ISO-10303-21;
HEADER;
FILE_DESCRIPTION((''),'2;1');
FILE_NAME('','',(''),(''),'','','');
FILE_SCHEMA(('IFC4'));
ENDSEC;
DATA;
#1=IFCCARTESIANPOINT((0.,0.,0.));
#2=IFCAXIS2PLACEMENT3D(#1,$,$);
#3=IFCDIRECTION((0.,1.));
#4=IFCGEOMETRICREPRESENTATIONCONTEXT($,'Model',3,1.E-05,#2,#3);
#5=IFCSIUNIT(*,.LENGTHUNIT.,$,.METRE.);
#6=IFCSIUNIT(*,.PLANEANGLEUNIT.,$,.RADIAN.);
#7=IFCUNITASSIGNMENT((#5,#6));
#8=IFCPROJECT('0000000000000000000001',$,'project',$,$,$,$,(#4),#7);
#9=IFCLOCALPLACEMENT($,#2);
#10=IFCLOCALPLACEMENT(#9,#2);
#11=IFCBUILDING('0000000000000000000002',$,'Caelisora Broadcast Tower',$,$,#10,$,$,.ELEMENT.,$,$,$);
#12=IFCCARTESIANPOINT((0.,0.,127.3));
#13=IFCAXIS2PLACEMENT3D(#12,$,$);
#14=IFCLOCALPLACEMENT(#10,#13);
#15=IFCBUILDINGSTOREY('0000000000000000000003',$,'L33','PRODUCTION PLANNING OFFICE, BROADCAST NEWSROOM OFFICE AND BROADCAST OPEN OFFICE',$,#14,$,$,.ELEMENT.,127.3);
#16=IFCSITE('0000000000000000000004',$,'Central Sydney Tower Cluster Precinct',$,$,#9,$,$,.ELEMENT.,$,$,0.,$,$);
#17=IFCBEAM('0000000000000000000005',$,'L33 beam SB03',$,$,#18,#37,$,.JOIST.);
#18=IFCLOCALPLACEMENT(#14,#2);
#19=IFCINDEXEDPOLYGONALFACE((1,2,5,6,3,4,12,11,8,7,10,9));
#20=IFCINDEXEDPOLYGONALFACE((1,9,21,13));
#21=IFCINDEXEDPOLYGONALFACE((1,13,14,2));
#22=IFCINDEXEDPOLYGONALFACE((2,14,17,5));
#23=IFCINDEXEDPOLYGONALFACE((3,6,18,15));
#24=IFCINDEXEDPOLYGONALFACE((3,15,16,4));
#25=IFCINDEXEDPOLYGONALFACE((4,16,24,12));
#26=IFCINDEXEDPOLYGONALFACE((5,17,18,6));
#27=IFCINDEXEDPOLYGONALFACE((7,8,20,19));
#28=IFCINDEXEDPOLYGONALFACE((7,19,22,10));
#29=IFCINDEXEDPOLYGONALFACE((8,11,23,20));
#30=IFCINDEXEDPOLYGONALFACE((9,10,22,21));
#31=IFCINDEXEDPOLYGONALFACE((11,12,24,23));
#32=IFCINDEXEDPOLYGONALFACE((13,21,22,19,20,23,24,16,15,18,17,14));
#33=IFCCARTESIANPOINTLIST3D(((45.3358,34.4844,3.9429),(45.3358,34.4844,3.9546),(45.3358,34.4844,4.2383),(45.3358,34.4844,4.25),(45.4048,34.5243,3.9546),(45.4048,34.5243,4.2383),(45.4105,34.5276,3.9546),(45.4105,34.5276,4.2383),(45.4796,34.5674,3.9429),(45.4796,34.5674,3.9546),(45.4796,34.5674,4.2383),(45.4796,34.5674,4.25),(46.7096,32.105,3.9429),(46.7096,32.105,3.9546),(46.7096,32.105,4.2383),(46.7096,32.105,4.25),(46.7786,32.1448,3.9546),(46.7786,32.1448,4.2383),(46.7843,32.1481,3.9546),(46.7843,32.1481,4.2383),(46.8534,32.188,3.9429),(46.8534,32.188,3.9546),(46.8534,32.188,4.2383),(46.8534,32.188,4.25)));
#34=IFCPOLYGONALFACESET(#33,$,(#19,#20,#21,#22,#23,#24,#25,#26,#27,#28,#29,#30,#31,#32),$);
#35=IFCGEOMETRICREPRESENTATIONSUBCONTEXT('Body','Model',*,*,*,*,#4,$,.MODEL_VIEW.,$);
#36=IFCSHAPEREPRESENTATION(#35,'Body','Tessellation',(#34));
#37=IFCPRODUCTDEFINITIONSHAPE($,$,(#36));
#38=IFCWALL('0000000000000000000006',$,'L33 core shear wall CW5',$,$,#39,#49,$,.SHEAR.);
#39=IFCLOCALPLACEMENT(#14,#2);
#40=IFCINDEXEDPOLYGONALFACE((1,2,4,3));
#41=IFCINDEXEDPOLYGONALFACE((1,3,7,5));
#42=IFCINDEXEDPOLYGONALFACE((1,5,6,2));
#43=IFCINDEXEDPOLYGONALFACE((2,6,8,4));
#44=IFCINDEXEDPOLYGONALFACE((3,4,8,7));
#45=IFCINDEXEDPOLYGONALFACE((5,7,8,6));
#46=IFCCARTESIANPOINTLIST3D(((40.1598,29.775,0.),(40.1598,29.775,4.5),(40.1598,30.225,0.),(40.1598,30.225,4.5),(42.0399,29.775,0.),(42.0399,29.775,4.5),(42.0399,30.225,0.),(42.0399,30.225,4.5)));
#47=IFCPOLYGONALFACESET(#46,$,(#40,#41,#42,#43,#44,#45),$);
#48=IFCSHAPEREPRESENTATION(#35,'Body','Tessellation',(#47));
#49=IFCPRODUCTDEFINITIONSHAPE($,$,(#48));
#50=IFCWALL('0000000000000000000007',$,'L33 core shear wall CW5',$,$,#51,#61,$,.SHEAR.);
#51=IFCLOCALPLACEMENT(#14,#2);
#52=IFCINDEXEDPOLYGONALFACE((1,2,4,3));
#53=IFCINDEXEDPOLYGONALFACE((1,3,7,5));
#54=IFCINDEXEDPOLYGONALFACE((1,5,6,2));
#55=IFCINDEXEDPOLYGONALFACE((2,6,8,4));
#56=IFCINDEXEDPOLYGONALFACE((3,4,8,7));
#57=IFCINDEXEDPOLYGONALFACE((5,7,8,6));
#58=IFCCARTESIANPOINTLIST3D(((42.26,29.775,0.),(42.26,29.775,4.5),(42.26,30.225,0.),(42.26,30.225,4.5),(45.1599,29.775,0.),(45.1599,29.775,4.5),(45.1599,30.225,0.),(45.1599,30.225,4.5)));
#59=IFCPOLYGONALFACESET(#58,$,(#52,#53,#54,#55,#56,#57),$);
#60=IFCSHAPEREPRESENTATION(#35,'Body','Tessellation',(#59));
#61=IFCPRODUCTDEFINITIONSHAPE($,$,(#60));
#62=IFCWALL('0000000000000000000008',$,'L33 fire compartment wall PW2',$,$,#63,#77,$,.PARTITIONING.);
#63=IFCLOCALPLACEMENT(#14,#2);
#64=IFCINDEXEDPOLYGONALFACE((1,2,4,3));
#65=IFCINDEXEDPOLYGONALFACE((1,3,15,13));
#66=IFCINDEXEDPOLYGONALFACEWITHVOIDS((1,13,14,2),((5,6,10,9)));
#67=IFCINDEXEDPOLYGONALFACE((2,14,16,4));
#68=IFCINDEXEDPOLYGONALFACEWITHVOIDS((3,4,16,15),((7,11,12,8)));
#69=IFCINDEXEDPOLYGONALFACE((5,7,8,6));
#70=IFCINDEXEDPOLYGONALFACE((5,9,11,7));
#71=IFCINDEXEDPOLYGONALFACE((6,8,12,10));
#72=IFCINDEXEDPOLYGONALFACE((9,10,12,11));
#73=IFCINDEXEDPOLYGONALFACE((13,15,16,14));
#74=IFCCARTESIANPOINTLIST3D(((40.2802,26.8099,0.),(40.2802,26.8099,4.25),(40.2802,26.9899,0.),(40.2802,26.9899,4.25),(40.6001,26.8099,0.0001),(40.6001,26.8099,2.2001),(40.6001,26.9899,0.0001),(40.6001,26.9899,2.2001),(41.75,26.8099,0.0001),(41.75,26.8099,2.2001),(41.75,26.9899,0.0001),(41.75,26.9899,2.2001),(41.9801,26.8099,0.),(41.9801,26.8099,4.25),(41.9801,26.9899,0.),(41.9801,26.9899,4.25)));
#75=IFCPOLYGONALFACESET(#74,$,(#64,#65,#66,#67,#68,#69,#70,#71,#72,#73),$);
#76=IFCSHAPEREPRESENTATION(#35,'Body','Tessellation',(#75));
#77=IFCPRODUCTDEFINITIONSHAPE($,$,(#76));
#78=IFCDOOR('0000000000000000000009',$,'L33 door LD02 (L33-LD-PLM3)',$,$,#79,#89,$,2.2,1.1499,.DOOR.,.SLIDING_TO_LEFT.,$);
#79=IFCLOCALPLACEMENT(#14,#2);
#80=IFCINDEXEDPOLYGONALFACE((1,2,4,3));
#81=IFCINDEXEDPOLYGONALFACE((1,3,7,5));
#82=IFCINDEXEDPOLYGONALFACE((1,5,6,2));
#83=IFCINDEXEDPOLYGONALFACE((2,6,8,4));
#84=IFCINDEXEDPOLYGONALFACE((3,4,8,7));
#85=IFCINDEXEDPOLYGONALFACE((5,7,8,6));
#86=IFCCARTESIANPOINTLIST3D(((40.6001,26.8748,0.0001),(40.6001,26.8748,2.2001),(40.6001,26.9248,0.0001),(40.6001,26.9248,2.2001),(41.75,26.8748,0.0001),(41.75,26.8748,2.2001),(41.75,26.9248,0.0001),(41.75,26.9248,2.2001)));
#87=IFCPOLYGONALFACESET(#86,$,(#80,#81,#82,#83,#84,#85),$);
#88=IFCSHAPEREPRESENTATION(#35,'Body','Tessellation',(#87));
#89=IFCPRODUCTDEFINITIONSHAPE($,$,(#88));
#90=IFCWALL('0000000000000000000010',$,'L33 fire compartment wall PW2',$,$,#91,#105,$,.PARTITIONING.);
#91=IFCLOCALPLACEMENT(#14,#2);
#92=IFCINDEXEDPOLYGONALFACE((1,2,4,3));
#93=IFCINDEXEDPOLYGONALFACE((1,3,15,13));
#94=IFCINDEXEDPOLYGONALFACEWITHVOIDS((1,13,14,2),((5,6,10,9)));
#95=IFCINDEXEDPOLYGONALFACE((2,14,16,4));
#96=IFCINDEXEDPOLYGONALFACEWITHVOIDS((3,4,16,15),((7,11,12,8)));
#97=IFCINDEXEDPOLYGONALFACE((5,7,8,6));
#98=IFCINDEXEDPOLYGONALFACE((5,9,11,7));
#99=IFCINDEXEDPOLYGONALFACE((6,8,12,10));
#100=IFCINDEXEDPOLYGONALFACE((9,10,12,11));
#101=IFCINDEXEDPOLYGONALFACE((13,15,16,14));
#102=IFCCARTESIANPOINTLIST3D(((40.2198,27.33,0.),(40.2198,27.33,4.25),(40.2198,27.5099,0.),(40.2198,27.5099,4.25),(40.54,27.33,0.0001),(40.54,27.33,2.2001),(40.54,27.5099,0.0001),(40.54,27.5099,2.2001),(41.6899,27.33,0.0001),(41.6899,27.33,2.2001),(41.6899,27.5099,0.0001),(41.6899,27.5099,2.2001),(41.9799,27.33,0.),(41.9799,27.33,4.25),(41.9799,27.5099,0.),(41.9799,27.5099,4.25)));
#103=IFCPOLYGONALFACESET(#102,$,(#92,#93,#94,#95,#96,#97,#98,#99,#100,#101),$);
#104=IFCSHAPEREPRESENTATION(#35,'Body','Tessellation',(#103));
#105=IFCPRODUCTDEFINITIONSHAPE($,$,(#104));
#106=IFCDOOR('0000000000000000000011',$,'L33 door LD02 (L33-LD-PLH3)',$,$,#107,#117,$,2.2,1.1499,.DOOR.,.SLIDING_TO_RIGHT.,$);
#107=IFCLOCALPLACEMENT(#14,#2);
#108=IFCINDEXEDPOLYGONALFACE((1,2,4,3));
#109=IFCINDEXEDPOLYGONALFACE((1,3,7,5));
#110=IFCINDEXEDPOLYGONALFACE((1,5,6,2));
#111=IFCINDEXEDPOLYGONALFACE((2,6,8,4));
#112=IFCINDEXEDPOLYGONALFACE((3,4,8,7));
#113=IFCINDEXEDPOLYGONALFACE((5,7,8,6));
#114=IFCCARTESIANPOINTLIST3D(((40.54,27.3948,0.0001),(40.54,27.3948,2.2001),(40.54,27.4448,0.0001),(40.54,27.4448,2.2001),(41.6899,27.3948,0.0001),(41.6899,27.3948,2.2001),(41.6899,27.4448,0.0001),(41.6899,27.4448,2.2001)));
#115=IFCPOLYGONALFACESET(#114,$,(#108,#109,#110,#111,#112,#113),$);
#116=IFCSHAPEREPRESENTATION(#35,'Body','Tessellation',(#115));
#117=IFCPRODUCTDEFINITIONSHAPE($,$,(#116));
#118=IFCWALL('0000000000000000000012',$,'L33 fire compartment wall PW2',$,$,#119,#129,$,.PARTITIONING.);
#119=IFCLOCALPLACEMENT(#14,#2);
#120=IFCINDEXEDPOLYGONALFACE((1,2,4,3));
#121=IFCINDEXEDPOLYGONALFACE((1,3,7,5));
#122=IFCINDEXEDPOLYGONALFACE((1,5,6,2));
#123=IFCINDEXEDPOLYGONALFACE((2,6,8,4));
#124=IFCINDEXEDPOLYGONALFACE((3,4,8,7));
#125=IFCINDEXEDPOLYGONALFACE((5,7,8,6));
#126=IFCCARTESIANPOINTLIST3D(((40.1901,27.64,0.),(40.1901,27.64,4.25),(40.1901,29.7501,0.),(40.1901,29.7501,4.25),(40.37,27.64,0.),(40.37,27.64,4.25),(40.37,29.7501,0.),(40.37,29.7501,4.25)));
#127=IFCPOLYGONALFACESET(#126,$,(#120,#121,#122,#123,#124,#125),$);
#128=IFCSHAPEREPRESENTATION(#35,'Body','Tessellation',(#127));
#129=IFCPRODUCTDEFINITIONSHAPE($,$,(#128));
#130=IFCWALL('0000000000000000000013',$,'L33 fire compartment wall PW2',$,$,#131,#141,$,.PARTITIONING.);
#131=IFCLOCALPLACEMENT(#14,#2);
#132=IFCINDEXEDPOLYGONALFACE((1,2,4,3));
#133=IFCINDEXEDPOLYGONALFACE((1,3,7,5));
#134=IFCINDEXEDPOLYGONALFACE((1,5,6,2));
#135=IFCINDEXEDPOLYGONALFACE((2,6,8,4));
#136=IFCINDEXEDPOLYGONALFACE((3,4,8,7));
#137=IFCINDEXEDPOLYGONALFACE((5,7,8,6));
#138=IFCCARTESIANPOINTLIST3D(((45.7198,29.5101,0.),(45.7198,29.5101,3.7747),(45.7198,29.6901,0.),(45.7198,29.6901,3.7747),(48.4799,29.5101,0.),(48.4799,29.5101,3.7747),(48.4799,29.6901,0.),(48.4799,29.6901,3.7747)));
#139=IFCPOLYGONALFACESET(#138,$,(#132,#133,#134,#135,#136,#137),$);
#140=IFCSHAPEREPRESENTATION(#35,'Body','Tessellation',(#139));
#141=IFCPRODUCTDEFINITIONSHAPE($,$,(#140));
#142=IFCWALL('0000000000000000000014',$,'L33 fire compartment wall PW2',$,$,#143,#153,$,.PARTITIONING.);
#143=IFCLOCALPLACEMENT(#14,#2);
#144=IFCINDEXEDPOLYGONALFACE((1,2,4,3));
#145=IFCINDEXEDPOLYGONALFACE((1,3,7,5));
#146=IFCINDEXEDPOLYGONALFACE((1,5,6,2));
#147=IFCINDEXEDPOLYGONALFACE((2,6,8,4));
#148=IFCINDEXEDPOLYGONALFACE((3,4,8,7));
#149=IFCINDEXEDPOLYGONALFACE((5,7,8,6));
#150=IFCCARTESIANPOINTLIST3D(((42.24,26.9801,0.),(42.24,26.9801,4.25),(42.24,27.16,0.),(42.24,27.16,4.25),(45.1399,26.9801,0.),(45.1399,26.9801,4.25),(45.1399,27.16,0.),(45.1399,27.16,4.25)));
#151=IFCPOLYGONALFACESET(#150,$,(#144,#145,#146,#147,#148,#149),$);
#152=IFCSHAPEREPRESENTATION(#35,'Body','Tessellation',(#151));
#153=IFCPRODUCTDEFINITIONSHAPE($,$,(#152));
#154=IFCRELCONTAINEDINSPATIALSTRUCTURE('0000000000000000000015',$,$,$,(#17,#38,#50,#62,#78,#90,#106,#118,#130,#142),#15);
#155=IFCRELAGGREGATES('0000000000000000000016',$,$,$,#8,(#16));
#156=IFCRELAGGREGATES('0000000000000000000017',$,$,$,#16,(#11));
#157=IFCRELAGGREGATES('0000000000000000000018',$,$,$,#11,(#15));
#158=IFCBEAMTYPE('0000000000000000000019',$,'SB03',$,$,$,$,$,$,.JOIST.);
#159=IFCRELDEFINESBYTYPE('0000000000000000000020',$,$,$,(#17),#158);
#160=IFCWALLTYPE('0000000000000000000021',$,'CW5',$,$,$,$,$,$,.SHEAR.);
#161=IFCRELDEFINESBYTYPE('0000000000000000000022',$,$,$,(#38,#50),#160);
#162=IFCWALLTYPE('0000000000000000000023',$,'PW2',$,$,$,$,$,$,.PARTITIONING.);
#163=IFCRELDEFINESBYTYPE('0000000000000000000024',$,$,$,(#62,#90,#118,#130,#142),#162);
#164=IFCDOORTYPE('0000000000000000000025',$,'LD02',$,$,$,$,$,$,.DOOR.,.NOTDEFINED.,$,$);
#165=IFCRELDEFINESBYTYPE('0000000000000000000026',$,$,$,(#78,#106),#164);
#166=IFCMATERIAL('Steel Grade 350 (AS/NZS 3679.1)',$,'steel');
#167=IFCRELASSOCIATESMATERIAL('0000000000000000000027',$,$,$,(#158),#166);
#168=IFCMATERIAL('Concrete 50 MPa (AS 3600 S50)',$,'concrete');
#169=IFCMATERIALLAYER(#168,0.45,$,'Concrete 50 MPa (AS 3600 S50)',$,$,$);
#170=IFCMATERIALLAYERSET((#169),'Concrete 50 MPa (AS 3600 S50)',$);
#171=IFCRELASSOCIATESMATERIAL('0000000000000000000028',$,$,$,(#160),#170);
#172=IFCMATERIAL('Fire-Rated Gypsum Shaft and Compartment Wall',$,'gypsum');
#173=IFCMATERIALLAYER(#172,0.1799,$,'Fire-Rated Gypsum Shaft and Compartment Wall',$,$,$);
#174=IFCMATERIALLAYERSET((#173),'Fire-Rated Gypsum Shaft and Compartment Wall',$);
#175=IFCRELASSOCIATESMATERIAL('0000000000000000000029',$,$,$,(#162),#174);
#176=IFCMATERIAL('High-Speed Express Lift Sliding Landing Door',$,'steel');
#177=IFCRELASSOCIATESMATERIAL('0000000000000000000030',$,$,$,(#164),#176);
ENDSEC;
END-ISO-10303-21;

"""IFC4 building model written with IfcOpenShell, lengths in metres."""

from ifc_helpers import new_model, si_unit, direction, frame, frame_2d, origin, origin_2d, place, context, subcontext, project, spatial, rectangle, i_section, extrude, source, transform, mapped, material, layer, layer_set, material_profile, profile_set, type_object, element, fill, save


model = new_model("IFC4")

# Units and contexts
model_context = context("Model", 3, precision=1e-05, world=origin(), true_north=direction((0.0, 1.0)))
body_context = subcontext(model_context, "Body", "Model", "MODEL_VIEW")
ifc_project = project(units=[si_unit("LENGTHUNIT", "METRE"), si_unit("PLANEANGLEUNIT", "RADIAN")], contexts=[model_context])

# Site, building, storey
site_placement = place(None, origin())
site = spatial("IfcSite", under=ifc_project, at=site_placement, Name="Central Sydney Tower Cluster Precinct", CompositionType="ELEMENT", RefElevation=0.0)
building_placement = place(site_placement, origin())
building = spatial("IfcBuilding", under=site, at=building_placement, Name="Caelisora Broadcast Tower", CompositionType="ELEMENT")
storey_placement = place(building_placement, frame((0.0, 0.0, 127.3)))
storey = spatial("IfcBuildingStorey", under=building, at=storey_placement, Name="L33", Description="PRODUCTION PLANNING OFFICE, BROADCAST NEWSROOM OFFICE AND BROADCAST OPEN OFFICE", CompositionType="ELEMENT", Elevation=127.3)

# Beam
ifc_material_1 = material(Name="Steel Grade 350 (AS/NZS 3679.1)", Category="steel")
ifc_material_profile_1 = material_profile(ifc_material_1, i_section(OverallWidth=0.166, OverallDepth=0.3071, WebThickness=0.0066, FlangeThickness=0.0117, at=origin_2d()), Name="Steel Grade 350 (AS/NZS 3679.1)")
ifc_profile_set_1 = profile_set([ifc_material_profile_1], Name="Steel Grade 350 (AS/NZS 3679.1)")
beam_type_1 = type_object("IfcBeamType", Name="SB03", PredefinedType="JOIST", material=ifc_profile_set_1)
shared_shape_1 = source(origin(), body_context, "Body", "SweptSolid", [
    extrude(i_section(OverallWidth=0.166, OverallDepth=0.3071, WebThickness=0.0066, FlangeThickness=0.0117, at=origin_2d()), origin(), (0.0, 0.0, 1.0), 2.7476),
])
beam_1_placement = place(storey_placement, frame((46.7815, 32.1465, 4.0964), z_axis=(-0.50001, 0.86602, 0.0), x_axis=(-0.86602, -0.50001, 0.0)))
element("IfcBeam", 1, at=beam_1_placement, inside=storey, type_object=beam_type_1, Name="L33 beam SB03", PredefinedType="JOIST", context=body_context, shape_type="MappedRepresentation", body=[
    mapped(shared_shape_1, transform((0.0, 0.0, 0.0), scale=1.0)),
])

# Walls
ifc_material_2 = material(Name="Concrete 50 MPa (AS 3600 S50)", Category="concrete")
ifc_layer_1 = layer(ifc_material_2, 0.45, Name="Concrete 50 MPa (AS 3600 S50)")
ifc_layer_set_1 = layer_set([ifc_layer_1], Name="Concrete 50 MPa (AS 3600 S50)")
wall_type_1 = type_object("IfcWallType", Name="CW5", PredefinedType="SHEAR", material=ifc_layer_set_1)
wall_1_placement = place(storey_placement, frame((40.1599, 30.0, 0.0), z_axis=(0.0, 0.0, 1.0), x_axis=(1.0, 0.0, 0.0)))
element("IfcWall", 2, at=wall_1_placement, inside=storey, type_object=wall_type_1, Name="L33 core shear wall CW5", PredefinedType="SHEAR", context=body_context, shape_type="SweptSolid", body=[
    extrude(rectangle(XDim=1.8801, YDim=0.45, at=frame_2d((0.9399, 0.0))), origin(), (0.0, 0.0, 1.0), 4.5),
])
wall_2_placement = place(storey_placement, frame((42.26, 30.0, 0.0), z_axis=(0.0, 0.0, 1.0), x_axis=(1.0, 0.0, 0.0)))
element("IfcWall", 3, at=wall_2_placement, inside=storey, type_object=wall_type_1, Name="L33 core shear wall CW5", PredefinedType="SHEAR", context=body_context, shape_type="SweptSolid", body=[
    extrude(rectangle(XDim=2.8999, YDim=0.45, at=frame_2d((1.45, 0.0))), origin(), (0.0, 0.0, 1.0), 4.5),
])

# Walls, openings, doors
ifc_material_3 = material(Name="Fire-Rated Gypsum Shaft and Compartment Wall", Category="gypsum")
ifc_layer_2 = layer(ifc_material_3, 0.1799, Name="Fire-Rated Gypsum Shaft and Compartment Wall")
ifc_layer_set_2 = layer_set([ifc_layer_2], Name="Fire-Rated Gypsum Shaft and Compartment Wall")
wall_type_2 = type_object("IfcWallType", Name="PW2", PredefinedType="PARTITIONING", material=ifc_layer_set_2)
wall_3_placement = place(storey_placement, frame((40.28, 26.8999, 0.0), z_axis=(0.0, 0.0, 1.0), x_axis=(1.0, 0.0, 0.0)))
wall_3 = element("IfcWall", 4, at=wall_3_placement, inside=storey, type_object=wall_type_2, Name="L33 fire compartment wall PW2", PredefinedType="PARTITIONING", context=body_context, shape_type="SweptSolid", body=[
    extrude(rectangle(XDim=1.7, YDim=0.1799, at=frame_2d((0.8501, 0.0))), origin(), (0.0, 0.0, 1.0), 4.25),
])
opening_1_placement = place(wall_3_placement, frame((0.3201, 0.0, 0.0)))
opening_1 = element("IfcOpeningElement", 5, at=opening_1_placement, cuts=wall_3, PredefinedType="OPENING", context=body_context, shape_type="SweptSolid", body=[
    extrude(rectangle(XDim=1.1499, YDim=2.2, at=frame_2d((0.575, 1.1001))), frame((0.0, 0.1021, 0.0), z_axis=(0.0, -1.0, 0.0), x_axis=(1.0, 0.0, 0.0)), (0.0, 0.0, 1.0), 0.2039),
])
ifc_material_4 = material(Name="High-Speed Express Lift Sliding Landing Door", Category="steel")
door_type_1 = type_object("IfcDoorType", Name="LD02", OperationType="NOTDEFINED", PredefinedType="DOOR", material=ifc_material_4)
door_1_placement = place(opening_1_placement, origin())
door_1 = element("IfcDoor", 6, at=door_1_placement, inside=storey, type_object=door_type_1, Name="L33 door LD02 (L33-LD-PLM3)", OperationType="SLIDING_TO_LEFT", OverallHeight=2.2, OverallWidth=1.1499, PredefinedType="DOOR", context=body_context, shape_type="SweptSolid", body=[
    extrude(rectangle(XDim=1.1499, YDim=2.2, at=frame_2d((0.575, 1.1001))), frame((0.0, 0.0249, 0.0), z_axis=(0.0, -1.0, 0.0), x_axis=(1.0, 0.0, 0.0)), (0.0, 0.0, 1.0), 0.05),
])
fill(opening_1, door_1)
wall_4_placement = place(storey_placement, frame((40.22, 27.4199, 0.0), z_axis=(0.0, 0.0, 1.0), x_axis=(1.0, 0.0, 0.0)))
wall_4 = element("IfcWall", 7, at=wall_4_placement, inside=storey, type_object=wall_type_2, Name="L33 fire compartment wall PW2", PredefinedType="PARTITIONING", context=body_context, shape_type="SweptSolid", body=[
    extrude(rectangle(XDim=1.76, YDim=0.1799, at=frame_2d((0.8799, 0.0))), origin(), (0.0, 0.0, 1.0), 4.25),
])
opening_2_placement = place(wall_4_placement, frame((0.3201, 0.0, 0.0)))
opening_2 = element("IfcOpeningElement", 8, at=opening_2_placement, cuts=wall_4, PredefinedType="OPENING", context=body_context, shape_type="SweptSolid", body=[
    extrude(rectangle(XDim=1.1499, YDim=2.2, at=frame_2d((0.575, 1.1001))), frame((0.0, 0.1021, 0.0), z_axis=(0.0, -1.0, 0.0), x_axis=(1.0, 0.0, 0.0)), (0.0, 0.0, 1.0), 0.2039),
])
door_2_placement = place(opening_2_placement, origin())
door_2 = element("IfcDoor", 9, at=door_2_placement, inside=storey, type_object=door_type_1, Name="L33 door LD02 (L33-LD-PLH3)", OperationType="SLIDING_TO_RIGHT", OverallHeight=2.2, OverallWidth=1.1499, PredefinedType="DOOR", context=body_context, shape_type="SweptSolid", body=[
    extrude(rectangle(XDim=1.1499, YDim=2.2, at=frame_2d((0.575, 1.1001))), frame((0.0, 0.0249, 0.0), z_axis=(0.0, -1.0, 0.0), x_axis=(1.0, 0.0, 0.0)), (0.0, 0.0, 1.0), 0.05),
])
fill(opening_2, door_2)

# Walls
wall_5_placement = place(storey_placement, frame((40.28, 27.6399, 0.0), z_axis=(0.0, 0.0, 1.0), x_axis=(0.0, 1.0, 0.0)))
element("IfcWall", 10, at=wall_5_placement, inside=storey, type_object=wall_type_2, Name="L33 fire compartment wall PW2", PredefinedType="PARTITIONING", context=body_context, shape_type="SweptSolid", body=[
    extrude(rectangle(XDim=2.1101, YDim=0.1799, at=frame_2d((1.0552, 0.0))), origin(), (0.0, 0.0, 1.0), 4.25),
])
wall_6_placement = place(storey_placement, frame((45.72, 29.6001, 0.0), z_axis=(0.0, 0.0, 1.0), x_axis=(1.0, 0.0, 0.0)))
element("IfcWall", 11, at=wall_6_placement, inside=storey, type_object=wall_type_2, Name="L33 fire compartment wall PW2", PredefinedType="PARTITIONING", context=body_context, shape_type="SweptSolid", body=[
    extrude(rectangle(XDim=2.76, YDim=0.1799, at=frame_2d((1.3799, 0.0))), origin(), (0.0, 0.0, 1.0), 3.7747),
])
wall_7_placement = place(storey_placement, frame((42.24, 27.0701, 0.0), z_axis=(0.0, 0.0, 1.0), x_axis=(1.0, 0.0, 0.0)))
element("IfcWall", 12, at=wall_7_placement, inside=storey, type_object=wall_type_2, Name="L33 fire compartment wall PW2", PredefinedType="PARTITIONING", context=body_context, shape_type="SweptSolid", body=[
    extrude(rectangle(XDim=2.8999, YDim=0.1799, at=frame_2d((1.45, 0.0))), origin(), (0.0, 0.0, 1.0), 4.25),
])

save(model, "model.ifc")
